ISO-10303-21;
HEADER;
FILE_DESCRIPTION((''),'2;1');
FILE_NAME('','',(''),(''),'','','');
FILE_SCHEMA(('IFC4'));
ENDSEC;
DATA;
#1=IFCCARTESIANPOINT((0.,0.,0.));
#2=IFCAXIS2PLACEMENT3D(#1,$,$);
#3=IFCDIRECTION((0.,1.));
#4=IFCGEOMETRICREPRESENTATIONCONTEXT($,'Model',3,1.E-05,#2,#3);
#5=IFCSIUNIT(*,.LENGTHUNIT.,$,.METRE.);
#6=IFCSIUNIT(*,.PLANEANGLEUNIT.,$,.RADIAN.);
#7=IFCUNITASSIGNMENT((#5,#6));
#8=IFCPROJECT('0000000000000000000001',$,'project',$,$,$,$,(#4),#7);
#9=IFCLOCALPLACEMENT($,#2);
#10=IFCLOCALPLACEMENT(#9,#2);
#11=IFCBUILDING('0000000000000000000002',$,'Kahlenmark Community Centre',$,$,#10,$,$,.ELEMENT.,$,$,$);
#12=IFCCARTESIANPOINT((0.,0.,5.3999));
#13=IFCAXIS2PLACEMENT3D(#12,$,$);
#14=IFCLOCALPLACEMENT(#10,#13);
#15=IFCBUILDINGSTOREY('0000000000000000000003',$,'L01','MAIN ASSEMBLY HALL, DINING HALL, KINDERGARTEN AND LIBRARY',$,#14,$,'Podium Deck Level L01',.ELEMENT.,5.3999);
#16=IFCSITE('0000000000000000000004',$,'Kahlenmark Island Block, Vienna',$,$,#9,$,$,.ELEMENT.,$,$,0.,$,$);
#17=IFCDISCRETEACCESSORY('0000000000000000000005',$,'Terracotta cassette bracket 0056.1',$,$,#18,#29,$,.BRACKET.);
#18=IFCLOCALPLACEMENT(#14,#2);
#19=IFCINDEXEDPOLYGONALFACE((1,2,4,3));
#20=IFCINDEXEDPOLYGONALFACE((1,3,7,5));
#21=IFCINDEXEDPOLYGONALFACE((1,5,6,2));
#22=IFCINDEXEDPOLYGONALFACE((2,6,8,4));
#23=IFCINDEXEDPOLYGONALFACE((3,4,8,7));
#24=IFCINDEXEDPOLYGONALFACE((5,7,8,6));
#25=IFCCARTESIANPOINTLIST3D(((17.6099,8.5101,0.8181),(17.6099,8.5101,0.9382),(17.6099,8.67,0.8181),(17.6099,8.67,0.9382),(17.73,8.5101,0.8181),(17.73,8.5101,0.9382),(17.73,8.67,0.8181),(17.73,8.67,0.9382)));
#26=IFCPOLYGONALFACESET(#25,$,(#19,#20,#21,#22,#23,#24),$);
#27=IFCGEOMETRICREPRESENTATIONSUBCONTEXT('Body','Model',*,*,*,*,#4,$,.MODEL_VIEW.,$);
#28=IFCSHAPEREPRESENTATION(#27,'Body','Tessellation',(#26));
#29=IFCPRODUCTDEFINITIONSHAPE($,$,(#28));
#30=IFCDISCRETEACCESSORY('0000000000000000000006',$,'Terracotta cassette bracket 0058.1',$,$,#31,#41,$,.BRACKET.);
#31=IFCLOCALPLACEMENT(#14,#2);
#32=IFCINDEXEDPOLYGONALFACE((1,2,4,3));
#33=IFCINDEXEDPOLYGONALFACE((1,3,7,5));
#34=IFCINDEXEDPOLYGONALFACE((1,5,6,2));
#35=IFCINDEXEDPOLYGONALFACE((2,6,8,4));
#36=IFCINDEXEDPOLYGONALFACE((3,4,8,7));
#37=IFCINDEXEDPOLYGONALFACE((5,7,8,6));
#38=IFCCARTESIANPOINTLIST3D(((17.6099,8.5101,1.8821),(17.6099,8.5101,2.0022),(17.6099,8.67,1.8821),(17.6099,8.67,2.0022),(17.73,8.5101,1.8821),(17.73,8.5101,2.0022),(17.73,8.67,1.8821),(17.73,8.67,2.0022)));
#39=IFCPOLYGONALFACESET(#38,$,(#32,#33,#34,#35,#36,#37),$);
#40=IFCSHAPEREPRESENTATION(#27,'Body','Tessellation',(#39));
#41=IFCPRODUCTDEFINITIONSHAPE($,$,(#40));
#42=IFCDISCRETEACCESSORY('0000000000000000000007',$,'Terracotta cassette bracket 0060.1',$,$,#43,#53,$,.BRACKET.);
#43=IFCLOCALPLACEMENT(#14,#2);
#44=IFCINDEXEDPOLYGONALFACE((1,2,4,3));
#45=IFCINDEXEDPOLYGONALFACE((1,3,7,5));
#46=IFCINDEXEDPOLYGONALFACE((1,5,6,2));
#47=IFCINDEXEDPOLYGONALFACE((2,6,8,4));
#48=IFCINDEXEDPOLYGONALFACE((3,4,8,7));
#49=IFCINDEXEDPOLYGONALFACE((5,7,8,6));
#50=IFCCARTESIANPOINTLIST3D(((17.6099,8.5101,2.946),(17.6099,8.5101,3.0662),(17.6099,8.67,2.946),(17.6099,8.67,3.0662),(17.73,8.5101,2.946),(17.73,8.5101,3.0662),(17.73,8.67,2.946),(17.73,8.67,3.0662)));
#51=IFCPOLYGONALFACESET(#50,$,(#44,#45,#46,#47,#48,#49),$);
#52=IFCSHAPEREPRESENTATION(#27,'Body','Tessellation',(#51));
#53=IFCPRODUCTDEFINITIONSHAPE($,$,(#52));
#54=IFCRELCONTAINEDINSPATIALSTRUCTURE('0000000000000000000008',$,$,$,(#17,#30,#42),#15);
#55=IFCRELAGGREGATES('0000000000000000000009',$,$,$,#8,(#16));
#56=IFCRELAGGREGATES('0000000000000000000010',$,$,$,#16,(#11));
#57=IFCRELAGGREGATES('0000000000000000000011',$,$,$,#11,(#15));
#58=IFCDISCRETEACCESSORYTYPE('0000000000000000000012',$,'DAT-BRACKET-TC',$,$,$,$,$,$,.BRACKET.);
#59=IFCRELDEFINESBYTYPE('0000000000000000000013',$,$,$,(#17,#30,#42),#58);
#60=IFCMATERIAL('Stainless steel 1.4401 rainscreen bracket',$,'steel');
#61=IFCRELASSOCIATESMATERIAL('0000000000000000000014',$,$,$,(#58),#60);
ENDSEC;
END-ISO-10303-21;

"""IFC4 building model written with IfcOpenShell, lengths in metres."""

from ifc_helpers import new_model, si_unit, direction, frame, origin, origin_2d, place, context, subcontext, project, spatial, rectangle, extrude, material, type_object, element, save


model = new_model("IFC4")

# Units and contexts
model_context = context("Model", 3, precision=1e-05, world=origin(), true_north=direction((0.0, 1.0)))
body_context = subcontext(model_context, "Body", "Model", "MODEL_VIEW")
ifc_project = project(units=[si_unit("LENGTHUNIT", "METRE"), si_unit("PLANEANGLEUNIT", "RADIAN")], contexts=[model_context])

# Site, building, storey
site_placement = place(None, origin())
site = spatial("IfcSite", under=ifc_project, at=site_placement, Name="Kahlenmark Island Block, Vienna", CompositionType="ELEMENT", RefElevation=0.0)
building_placement = place(site_placement, origin())
building = spatial("IfcBuilding", under=site, at=building_placement, Name="Kahlenmark Community Centre", CompositionType="ELEMENT")
storey_placement = place(building_placement, frame((0.0, 0.0, 5.3999)))
storey = spatial("IfcBuildingStorey", under=building, at=storey_placement, Name="L01", Description="MAIN ASSEMBLY HALL, DINING HALL, KINDERGARTEN AND LIBRARY", LongName="Podium Deck Level L01", CompositionType="ELEMENT", Elevation=5.3999)

# Discrete accessories
ifc_material_1 = material(Name="Stainless steel 1.4401 rainscreen bracket", Category="steel")
discrete_accessory_type = type_object("IfcDiscreteAccessoryType", Name="DAT-BRACKET-TC", PredefinedType="BRACKET", material=ifc_material_1)
for number, where, z_axis, x_axis, name in (
    (1, (17.6699, 8.5901, 0.8181), (0.0, 0.0, 1.0), (1.0, 0.0, 0.0), "Terracotta cassette bracket 0056.1"),
    (2, (17.6699, 8.5901, 1.8821), (0.0, 0.0, 1.0), (1.0, 0.0, 0.0), "Terracotta cassette bracket 0058.1"),
    (3, (17.6699, 8.5901, 2.946), (0.0, 0.0, 1.0), (1.0, 0.0, 0.0), "Terracotta cassette bracket 0060.1"),
):
    element("IfcDiscreteAccessory", number, at=place(storey_placement, frame(where, z_axis=z_axis, x_axis=x_axis)), inside=storey, type_object=discrete_accessory_type, Name=name, PredefinedType="BRACKET", context=body_context, shape_type="SweptSolid", body=[
        extrude(rectangle(XDim=0.1201, YDim=0.1599, at=origin_2d()), origin(), (0.0, 0.0, 1.0), 0.1201),
    ])

save(model, "model.ifc")
